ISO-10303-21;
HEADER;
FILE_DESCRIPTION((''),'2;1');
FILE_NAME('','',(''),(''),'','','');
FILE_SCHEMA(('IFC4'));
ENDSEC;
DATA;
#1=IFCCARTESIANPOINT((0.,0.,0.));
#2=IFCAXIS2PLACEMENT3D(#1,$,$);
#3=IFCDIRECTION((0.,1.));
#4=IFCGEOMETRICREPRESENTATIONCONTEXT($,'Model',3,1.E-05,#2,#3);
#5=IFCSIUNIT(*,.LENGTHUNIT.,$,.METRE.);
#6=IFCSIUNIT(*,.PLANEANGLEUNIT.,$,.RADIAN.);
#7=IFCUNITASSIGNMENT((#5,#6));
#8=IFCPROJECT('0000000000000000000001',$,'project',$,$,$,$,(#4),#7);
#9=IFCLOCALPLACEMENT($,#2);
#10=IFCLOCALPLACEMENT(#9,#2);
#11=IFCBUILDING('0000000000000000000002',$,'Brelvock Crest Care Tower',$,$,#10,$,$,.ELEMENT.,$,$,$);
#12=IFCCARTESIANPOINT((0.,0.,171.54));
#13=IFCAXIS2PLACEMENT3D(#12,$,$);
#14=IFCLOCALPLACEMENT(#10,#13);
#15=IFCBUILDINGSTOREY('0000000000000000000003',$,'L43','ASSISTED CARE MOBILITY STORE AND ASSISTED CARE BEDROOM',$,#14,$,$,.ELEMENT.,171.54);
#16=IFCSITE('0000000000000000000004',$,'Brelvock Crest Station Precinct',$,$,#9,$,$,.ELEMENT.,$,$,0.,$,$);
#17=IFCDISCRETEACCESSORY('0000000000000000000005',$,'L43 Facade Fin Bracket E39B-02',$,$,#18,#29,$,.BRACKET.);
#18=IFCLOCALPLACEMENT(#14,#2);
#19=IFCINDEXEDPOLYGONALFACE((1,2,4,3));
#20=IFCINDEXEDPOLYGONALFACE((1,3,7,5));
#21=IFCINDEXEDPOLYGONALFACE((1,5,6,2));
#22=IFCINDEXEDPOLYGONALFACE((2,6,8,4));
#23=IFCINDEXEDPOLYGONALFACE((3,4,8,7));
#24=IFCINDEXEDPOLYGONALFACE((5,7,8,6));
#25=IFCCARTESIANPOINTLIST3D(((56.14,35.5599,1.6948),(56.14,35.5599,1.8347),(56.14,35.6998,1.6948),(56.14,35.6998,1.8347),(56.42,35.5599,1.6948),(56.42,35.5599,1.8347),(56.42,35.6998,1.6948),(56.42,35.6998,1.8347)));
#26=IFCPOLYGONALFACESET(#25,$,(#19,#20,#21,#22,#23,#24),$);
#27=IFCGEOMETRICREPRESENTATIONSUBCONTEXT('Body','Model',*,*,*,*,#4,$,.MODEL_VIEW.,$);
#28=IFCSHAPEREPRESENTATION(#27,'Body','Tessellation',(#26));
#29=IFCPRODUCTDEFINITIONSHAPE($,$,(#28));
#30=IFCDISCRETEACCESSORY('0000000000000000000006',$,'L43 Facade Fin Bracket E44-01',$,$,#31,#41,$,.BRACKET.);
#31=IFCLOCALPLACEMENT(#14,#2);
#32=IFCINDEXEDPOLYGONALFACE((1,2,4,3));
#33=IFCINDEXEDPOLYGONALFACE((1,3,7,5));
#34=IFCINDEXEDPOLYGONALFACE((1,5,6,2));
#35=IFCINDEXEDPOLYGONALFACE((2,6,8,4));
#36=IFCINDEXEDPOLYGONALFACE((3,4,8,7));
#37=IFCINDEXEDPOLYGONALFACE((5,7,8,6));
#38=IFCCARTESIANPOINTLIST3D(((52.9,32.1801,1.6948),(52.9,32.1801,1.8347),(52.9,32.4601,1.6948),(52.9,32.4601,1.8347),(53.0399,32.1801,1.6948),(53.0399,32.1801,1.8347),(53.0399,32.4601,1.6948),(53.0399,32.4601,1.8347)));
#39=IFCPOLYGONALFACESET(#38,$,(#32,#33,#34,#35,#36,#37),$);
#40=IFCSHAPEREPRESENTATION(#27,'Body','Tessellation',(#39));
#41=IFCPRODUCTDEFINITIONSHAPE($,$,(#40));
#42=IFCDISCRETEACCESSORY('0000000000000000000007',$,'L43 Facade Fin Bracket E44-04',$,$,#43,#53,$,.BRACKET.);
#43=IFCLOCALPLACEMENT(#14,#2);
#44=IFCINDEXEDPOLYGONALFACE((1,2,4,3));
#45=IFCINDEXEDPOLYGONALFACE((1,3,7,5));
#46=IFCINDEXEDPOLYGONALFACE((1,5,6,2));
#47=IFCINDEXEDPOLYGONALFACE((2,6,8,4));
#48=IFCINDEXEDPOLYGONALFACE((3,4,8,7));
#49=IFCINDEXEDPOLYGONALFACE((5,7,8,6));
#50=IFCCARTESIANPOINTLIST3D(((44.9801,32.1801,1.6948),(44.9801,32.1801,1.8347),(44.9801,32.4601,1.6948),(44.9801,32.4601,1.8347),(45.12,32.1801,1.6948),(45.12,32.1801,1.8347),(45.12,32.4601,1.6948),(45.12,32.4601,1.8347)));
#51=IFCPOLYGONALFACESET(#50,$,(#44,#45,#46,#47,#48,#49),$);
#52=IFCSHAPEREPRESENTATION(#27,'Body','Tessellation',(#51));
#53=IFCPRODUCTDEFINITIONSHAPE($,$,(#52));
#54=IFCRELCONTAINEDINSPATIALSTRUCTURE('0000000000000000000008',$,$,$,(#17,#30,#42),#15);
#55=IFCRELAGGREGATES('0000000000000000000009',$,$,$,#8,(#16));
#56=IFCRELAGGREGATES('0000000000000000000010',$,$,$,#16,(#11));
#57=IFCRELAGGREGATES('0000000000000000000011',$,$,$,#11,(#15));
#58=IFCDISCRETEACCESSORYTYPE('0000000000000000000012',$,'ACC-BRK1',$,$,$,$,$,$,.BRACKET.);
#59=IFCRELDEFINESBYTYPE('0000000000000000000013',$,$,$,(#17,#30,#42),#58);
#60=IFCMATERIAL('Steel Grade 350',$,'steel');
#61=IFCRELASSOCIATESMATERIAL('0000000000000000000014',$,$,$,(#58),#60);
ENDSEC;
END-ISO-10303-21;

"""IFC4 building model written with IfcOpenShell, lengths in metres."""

from ifc_helpers import new_model, si_unit, direction, frame, origin, origin_2d, place, context, subcontext, project, spatial, rectangle, extrude, source, transform, mapped, material, type_object, element, save


model = new_model("IFC4")

# Units and contexts
model_context = context("Model", 3, precision=1e-05, world=origin(), true_north=direction((0.0, 1.0)))
body_context = subcontext(model_context, "Body", "Model", "MODEL_VIEW")
ifc_project = project(units=[si_unit("LENGTHUNIT", "METRE"), si_unit("PLANEANGLEUNIT", "RADIAN")], contexts=[model_context])

# Site, building, storey
site_placement = place(None, origin())
site = spatial("IfcSite", under=ifc_project, at=site_placement, Name="Brelvock Crest Station Precinct", CompositionType="ELEMENT", RefElevation=0.0)
building_placement = place(site_placement, origin())
building = spatial("IfcBuilding", under=site, at=building_placement, Name="Brelvock Crest Care Tower", CompositionType="ELEMENT")
storey_placement = place(building_placement, frame((0.0, 0.0, 171.54)))
storey = spatial("IfcBuildingStorey", under=building, at=storey_placement, Name="L43", Description="ASSISTED CARE MOBILITY STORE AND ASSISTED CARE BEDROOM", CompositionType="ELEMENT", Elevation=171.54)

# Shared definitions
ifc_material_1 = material(Name="Steel Grade 350", Category="steel")

# Discrete accessories
discrete_accessory_type = type_object("IfcDiscreteAccessoryType", Name="ACC-BRK1", PredefinedType="BRACKET", material=ifc_material_1)
shared_shape_1 = source(origin(), body_context, "Body", "SweptSolid", [
    extrude(rectangle(XDim=0.28, YDim=0.1399, at=origin_2d()), origin(), (0.0, 0.0, 1.0), 0.1399),
])
for number, where, z_axis, x_axis, name in (
    (1, (56.28, 35.6299, 1.6948), (0.0, 0.0, 1.0), (1.0, 0.0, 0.0), "L43 Facade Fin Bracket E39B-02"),
    (2, (52.97, 32.3201, 1.6948), (0.0, 0.0, 1.0), (0.0, -1.0, 0.0), "L43 Facade Fin Bracket E44-01"),
    (3, (45.05, 32.3201, 1.6948), (0.0, 0.0, 1.0), (0.0, -1.0, 0.0), "L43 Facade Fin Bracket E44-04"),
):
    element("IfcDiscreteAccessory", number, at=place(storey_placement, frame(where, z_axis=z_axis, x_axis=x_axis)), inside=storey, type_object=discrete_accessory_type, Name=name, PredefinedType="BRACKET", context=body_context, shape_type="MappedRepresentation", body=[
        mapped(shared_shape_1, transform((0.0, 0.0, 0.0), x_axis=(1.0, 0.0, 0.0), y_axis=(0.0, 1.0, 0.0), z_axis=(0.0, 0.0, 1.0), scale=1.0)),
    ])

save(model, "model.ifc")
